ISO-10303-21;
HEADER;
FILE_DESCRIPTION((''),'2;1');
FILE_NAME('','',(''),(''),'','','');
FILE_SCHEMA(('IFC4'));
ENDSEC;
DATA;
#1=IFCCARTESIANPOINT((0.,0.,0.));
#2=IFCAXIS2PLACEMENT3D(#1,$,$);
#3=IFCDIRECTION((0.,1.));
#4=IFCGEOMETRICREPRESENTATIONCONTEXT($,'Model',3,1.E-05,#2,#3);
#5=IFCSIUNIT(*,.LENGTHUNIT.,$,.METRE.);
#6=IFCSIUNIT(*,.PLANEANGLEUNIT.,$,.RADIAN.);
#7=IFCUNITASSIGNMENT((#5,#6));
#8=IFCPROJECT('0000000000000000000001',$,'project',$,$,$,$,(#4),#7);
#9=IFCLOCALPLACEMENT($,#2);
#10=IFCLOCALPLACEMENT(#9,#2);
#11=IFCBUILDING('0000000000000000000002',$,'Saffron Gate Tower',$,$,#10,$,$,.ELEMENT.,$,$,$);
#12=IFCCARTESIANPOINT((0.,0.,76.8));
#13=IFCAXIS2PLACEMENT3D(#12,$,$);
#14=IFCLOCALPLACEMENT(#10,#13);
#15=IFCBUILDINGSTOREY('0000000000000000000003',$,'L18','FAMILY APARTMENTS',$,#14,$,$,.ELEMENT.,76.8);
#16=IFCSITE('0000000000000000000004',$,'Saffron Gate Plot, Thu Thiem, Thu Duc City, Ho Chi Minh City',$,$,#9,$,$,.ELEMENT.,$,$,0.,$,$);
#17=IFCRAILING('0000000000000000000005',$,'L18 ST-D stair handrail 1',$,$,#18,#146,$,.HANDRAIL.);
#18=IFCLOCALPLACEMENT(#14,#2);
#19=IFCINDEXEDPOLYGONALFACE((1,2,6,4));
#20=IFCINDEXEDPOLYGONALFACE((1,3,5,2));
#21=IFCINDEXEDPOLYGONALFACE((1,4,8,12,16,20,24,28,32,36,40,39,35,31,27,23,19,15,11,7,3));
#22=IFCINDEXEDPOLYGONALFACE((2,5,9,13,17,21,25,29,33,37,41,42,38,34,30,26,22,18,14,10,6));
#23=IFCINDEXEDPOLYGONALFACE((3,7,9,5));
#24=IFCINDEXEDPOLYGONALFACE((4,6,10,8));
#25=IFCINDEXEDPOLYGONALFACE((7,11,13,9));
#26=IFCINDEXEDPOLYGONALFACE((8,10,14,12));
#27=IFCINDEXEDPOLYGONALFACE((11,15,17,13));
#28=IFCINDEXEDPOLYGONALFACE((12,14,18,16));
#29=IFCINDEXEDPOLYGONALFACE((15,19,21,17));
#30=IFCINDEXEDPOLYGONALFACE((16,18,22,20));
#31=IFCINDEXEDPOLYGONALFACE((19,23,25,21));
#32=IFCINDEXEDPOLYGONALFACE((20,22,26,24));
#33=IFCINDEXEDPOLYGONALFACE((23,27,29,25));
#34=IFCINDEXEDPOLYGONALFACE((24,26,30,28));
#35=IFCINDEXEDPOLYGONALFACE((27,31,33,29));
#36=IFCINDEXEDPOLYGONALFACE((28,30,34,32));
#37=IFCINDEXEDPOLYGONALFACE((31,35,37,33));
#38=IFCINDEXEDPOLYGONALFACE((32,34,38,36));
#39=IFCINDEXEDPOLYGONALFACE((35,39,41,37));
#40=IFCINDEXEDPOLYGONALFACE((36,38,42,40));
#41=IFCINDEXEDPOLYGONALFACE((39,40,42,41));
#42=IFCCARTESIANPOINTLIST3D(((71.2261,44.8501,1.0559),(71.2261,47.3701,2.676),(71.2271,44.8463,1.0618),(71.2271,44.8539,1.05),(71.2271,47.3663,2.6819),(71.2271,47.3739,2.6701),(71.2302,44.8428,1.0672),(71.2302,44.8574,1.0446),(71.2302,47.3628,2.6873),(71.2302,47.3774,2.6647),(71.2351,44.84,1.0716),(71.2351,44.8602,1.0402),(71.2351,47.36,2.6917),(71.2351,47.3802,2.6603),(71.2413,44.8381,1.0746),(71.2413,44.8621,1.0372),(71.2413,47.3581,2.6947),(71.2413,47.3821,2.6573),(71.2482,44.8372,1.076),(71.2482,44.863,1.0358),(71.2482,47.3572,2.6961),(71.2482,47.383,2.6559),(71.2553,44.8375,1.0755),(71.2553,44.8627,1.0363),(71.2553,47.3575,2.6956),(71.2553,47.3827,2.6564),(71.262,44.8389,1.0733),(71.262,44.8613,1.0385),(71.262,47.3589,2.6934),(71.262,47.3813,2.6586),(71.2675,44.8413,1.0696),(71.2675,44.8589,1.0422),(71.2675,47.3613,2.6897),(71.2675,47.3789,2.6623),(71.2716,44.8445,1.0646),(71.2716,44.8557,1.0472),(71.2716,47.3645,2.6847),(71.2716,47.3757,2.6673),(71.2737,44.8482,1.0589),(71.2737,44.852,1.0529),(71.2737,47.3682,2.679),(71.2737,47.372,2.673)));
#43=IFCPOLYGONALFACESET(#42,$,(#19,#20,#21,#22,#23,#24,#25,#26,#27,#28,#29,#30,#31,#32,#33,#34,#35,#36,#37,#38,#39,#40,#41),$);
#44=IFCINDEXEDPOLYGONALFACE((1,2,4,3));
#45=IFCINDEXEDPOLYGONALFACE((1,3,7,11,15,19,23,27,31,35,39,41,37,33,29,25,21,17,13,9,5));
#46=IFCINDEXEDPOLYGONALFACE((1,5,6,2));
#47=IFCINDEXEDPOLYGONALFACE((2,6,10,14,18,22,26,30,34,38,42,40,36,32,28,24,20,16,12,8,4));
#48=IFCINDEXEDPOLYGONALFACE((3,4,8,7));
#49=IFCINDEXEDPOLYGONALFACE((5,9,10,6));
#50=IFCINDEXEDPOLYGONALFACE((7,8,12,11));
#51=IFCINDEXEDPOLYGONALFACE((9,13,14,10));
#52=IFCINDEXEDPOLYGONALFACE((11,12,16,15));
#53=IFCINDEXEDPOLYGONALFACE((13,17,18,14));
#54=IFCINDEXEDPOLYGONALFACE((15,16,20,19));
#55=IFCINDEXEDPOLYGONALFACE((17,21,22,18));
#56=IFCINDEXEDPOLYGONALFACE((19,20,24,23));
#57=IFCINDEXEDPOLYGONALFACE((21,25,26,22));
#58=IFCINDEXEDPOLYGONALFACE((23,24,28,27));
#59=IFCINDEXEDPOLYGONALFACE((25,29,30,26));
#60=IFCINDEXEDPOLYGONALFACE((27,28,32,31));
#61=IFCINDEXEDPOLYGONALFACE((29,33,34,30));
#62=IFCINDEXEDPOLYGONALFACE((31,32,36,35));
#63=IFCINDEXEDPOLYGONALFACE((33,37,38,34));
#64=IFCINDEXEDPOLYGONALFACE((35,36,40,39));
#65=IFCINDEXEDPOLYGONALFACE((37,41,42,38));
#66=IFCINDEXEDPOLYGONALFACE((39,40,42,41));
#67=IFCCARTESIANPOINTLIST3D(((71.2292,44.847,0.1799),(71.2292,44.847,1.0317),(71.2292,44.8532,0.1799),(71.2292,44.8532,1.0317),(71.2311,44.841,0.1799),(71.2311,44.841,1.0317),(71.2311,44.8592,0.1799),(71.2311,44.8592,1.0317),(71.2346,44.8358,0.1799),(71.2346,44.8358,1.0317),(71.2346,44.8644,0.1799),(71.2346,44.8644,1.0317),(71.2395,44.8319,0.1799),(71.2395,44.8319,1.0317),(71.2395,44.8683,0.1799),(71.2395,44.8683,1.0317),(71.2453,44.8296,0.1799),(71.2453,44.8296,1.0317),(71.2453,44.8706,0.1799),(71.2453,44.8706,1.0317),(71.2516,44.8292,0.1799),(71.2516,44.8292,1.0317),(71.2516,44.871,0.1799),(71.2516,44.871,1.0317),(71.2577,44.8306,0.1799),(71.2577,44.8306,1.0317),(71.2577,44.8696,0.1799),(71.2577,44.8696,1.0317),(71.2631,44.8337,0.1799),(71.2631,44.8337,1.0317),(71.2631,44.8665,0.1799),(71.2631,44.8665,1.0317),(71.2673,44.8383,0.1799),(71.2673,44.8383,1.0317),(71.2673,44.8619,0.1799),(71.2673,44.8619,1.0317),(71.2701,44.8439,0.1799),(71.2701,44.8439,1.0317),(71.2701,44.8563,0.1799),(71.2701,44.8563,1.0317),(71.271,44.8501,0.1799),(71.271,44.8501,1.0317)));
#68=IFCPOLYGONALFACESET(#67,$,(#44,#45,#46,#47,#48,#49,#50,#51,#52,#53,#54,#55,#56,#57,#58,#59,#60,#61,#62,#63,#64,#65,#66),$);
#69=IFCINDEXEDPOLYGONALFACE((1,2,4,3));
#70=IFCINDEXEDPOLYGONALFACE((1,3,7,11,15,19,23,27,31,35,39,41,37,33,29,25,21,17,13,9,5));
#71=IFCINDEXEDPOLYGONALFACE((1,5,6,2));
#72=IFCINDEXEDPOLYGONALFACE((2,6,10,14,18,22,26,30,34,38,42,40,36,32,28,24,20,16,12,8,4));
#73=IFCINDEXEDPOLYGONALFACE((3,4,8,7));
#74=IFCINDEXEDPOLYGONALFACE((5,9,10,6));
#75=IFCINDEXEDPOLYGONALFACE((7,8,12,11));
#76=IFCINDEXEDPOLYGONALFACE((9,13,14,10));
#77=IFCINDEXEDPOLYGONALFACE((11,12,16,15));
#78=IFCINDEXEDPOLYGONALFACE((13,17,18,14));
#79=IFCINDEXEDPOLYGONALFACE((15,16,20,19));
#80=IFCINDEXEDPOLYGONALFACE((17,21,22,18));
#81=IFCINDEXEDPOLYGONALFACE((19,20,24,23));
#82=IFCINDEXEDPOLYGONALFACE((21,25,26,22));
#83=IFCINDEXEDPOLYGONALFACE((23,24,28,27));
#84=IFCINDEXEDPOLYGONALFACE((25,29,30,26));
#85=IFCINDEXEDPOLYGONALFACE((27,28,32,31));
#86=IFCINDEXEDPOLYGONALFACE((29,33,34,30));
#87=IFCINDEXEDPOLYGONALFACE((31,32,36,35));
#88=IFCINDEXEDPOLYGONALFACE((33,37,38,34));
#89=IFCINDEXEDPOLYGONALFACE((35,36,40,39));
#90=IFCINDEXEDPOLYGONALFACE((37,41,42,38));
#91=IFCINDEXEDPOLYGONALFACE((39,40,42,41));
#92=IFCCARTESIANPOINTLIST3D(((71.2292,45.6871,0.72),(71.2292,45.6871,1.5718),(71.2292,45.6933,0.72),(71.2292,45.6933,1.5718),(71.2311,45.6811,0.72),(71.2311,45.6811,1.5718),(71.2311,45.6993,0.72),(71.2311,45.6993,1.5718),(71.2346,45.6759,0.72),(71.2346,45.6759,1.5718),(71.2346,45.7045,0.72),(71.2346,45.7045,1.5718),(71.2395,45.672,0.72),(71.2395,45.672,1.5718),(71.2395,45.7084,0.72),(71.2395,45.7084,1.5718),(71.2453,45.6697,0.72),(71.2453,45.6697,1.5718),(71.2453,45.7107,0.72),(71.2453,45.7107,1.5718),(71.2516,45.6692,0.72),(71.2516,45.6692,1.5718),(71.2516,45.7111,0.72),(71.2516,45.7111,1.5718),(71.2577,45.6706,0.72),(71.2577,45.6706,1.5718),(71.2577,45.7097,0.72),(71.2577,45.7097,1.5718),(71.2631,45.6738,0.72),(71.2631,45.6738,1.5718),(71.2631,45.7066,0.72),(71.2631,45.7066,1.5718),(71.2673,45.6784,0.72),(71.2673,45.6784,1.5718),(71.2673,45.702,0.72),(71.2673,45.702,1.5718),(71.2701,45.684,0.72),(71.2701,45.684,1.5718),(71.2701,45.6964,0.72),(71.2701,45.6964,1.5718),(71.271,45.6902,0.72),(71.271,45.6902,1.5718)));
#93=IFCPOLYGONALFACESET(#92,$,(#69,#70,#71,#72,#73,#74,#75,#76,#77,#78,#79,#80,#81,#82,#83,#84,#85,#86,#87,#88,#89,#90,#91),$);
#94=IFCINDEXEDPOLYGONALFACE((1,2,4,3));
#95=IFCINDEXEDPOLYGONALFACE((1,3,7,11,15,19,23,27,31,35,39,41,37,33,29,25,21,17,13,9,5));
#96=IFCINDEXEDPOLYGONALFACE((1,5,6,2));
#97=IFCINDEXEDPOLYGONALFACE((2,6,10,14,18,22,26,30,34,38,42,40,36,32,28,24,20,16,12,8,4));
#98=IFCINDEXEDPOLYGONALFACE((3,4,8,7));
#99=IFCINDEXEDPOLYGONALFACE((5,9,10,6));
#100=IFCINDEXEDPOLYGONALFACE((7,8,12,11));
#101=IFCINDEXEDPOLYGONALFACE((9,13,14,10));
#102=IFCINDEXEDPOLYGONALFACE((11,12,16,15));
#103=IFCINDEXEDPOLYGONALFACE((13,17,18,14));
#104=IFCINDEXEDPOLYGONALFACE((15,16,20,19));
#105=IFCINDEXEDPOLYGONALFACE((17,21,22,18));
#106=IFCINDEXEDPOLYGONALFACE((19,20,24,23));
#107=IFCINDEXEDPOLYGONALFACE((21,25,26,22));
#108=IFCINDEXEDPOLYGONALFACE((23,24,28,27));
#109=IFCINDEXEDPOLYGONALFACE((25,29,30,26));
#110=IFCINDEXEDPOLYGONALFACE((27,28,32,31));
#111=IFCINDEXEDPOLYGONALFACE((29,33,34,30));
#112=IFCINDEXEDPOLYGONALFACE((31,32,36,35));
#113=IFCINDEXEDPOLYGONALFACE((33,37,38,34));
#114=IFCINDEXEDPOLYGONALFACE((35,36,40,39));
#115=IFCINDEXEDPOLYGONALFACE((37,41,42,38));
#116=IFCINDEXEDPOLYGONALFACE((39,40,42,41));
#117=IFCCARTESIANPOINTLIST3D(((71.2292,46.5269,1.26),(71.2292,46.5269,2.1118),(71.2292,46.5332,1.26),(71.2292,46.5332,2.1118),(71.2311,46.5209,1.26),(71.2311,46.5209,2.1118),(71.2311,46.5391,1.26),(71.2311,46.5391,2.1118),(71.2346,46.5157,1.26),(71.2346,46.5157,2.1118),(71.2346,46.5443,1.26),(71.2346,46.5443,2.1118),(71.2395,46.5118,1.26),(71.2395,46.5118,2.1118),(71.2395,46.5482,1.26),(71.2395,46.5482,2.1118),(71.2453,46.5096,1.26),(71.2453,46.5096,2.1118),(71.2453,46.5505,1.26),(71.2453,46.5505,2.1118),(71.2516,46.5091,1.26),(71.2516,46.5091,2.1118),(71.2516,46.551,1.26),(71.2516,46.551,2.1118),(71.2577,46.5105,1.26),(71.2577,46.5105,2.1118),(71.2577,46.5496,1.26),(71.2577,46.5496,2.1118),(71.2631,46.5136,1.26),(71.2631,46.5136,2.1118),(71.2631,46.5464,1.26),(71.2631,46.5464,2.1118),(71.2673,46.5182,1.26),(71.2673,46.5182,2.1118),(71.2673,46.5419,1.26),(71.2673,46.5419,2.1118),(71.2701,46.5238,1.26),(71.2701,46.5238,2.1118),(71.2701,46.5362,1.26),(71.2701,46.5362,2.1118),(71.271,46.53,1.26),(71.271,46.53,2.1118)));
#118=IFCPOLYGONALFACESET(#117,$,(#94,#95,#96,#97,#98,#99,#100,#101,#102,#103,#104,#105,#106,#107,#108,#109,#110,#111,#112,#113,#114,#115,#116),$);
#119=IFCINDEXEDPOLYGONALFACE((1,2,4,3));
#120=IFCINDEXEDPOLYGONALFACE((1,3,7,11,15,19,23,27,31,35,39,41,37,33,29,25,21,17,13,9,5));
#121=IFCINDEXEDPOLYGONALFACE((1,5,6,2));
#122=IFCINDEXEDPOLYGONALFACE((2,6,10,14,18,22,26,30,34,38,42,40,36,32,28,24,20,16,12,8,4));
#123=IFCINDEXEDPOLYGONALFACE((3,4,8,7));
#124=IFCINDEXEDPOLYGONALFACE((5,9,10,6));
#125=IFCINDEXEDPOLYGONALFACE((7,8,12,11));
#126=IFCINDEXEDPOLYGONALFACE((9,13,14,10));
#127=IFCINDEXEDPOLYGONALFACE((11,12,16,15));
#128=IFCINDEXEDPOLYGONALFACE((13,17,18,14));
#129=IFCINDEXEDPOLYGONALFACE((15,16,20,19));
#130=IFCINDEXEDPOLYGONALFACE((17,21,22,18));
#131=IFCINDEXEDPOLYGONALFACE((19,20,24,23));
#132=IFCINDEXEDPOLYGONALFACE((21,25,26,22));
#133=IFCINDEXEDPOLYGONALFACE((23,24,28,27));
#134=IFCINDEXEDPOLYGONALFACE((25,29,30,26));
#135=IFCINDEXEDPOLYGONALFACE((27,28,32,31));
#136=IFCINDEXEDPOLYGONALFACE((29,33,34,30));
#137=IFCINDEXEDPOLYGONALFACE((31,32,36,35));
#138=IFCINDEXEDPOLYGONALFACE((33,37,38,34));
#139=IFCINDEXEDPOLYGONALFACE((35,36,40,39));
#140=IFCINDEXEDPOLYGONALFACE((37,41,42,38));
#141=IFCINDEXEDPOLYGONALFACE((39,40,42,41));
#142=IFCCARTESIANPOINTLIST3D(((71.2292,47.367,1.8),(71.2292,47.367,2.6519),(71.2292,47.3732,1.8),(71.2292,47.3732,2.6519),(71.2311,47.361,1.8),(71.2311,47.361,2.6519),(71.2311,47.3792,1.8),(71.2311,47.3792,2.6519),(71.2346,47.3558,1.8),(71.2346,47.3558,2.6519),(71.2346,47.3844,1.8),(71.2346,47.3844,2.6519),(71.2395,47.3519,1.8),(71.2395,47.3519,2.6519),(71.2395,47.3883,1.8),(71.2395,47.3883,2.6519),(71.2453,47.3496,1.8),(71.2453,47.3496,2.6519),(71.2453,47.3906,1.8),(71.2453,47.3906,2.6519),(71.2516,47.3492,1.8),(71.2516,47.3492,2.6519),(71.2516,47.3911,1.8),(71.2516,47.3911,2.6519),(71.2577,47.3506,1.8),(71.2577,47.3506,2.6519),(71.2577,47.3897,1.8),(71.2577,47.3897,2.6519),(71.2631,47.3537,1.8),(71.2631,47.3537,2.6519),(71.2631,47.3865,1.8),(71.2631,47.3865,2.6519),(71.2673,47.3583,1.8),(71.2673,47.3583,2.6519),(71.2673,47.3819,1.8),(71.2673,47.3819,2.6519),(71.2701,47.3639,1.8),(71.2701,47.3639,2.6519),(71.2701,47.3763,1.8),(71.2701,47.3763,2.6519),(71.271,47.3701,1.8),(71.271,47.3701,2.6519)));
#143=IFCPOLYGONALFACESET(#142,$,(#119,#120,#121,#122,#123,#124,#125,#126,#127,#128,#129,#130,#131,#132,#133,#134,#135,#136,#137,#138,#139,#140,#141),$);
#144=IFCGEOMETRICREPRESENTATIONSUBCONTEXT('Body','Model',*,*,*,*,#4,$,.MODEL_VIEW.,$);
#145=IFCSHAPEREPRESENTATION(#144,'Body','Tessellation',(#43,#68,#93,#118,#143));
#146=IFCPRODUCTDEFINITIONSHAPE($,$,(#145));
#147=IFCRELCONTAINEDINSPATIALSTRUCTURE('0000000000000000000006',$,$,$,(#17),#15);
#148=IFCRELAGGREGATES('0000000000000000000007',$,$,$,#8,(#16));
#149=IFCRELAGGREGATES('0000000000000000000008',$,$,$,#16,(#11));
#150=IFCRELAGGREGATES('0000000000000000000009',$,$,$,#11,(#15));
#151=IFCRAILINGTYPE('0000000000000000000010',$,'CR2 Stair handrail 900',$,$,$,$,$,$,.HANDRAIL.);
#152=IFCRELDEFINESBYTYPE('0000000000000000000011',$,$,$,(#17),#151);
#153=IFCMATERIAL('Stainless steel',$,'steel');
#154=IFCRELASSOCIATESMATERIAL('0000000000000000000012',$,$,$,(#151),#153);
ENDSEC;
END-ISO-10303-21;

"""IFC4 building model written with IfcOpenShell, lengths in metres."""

from ifc_helpers import new_model, si_unit, direction, frame, origin, origin_2d, place, context, subcontext, project, spatial, circle, extrude, material, type_object, element, save


model = new_model("IFC4")

# Units and contexts
model_context = context("Model", 3, precision=1e-05, world=origin(), true_north=direction((0.0, 1.0)))
body_context = subcontext(model_context, "Body", "Model", "MODEL_VIEW")
ifc_project = project(units=[si_unit("LENGTHUNIT", "METRE"), si_unit("PLANEANGLEUNIT", "RADIAN")], contexts=[model_context])

# Site, building, storey
site_placement = place(None, origin())
site = spatial("IfcSite", under=ifc_project, at=site_placement, Name="Saffron Gate Plot, Thu Thiem, Thu Duc City, Ho Chi Minh City", CompositionType="ELEMENT", RefElevation=0.0)
building_placement = place(site_placement, origin())
building = spatial("IfcBuilding", under=site, at=building_placement, Name="Saffron Gate Tower", CompositionType="ELEMENT")
storey_placement = place(building_placement, frame((0.0, 0.0, 76.8)))
storey = spatial("IfcBuildingStorey", under=building, at=storey_placement, Name="L18", Description="FAMILY APARTMENTS", CompositionType="ELEMENT", Elevation=76.8)

# Railing
ifc_material_1 = material(Name="Stainless steel", Category="steel")
railing_type_1 = type_object("IfcRailingType", Name="CR2 Stair handrail 900", PredefinedType="HANDRAIL", material=ifc_material_1)
railing_1_placement = place(storey_placement, frame((71.25, 44.8501, 0.1799)))
element("IfcRailing", 1, at=railing_1_placement, inside=storey, type_object=railing_type_1, Name="L18 ST-D stair handrail 1", PredefinedType="HANDRAIL", context=body_context, shape_type="SweptSolid", body=[
    extrude(circle(Radius=0.0239, at=origin_2d()), frame((0.0, 0.0, 0.876), z_axis=(0.0, 0.841163, 0.540782), x_axis=(-1.0, 0.0, 0.0)), (0.0, 0.0, 1.0), 2.9958),
    extrude(circle(Radius=0.021, at=origin_2d()), origin(), (0.0, 0.0, 1.0), 0.8518),
    extrude(circle(Radius=0.021, at=origin_2d()), frame((0.0, 0.8401, 0.54)), (0.0, 0.0, 1.0), 0.8518),
    extrude(circle(Radius=0.021, at=origin_2d()), frame((0.0, 1.6799, 1.0801)), (0.0, 0.0, 1.0), 0.8518),
    extrude(circle(Radius=0.021, at=origin_2d()), frame((0.0, 2.52, 1.6201)), (0.0, 0.0, 1.0), 0.8518),
])

save(model, "model.ifc")
